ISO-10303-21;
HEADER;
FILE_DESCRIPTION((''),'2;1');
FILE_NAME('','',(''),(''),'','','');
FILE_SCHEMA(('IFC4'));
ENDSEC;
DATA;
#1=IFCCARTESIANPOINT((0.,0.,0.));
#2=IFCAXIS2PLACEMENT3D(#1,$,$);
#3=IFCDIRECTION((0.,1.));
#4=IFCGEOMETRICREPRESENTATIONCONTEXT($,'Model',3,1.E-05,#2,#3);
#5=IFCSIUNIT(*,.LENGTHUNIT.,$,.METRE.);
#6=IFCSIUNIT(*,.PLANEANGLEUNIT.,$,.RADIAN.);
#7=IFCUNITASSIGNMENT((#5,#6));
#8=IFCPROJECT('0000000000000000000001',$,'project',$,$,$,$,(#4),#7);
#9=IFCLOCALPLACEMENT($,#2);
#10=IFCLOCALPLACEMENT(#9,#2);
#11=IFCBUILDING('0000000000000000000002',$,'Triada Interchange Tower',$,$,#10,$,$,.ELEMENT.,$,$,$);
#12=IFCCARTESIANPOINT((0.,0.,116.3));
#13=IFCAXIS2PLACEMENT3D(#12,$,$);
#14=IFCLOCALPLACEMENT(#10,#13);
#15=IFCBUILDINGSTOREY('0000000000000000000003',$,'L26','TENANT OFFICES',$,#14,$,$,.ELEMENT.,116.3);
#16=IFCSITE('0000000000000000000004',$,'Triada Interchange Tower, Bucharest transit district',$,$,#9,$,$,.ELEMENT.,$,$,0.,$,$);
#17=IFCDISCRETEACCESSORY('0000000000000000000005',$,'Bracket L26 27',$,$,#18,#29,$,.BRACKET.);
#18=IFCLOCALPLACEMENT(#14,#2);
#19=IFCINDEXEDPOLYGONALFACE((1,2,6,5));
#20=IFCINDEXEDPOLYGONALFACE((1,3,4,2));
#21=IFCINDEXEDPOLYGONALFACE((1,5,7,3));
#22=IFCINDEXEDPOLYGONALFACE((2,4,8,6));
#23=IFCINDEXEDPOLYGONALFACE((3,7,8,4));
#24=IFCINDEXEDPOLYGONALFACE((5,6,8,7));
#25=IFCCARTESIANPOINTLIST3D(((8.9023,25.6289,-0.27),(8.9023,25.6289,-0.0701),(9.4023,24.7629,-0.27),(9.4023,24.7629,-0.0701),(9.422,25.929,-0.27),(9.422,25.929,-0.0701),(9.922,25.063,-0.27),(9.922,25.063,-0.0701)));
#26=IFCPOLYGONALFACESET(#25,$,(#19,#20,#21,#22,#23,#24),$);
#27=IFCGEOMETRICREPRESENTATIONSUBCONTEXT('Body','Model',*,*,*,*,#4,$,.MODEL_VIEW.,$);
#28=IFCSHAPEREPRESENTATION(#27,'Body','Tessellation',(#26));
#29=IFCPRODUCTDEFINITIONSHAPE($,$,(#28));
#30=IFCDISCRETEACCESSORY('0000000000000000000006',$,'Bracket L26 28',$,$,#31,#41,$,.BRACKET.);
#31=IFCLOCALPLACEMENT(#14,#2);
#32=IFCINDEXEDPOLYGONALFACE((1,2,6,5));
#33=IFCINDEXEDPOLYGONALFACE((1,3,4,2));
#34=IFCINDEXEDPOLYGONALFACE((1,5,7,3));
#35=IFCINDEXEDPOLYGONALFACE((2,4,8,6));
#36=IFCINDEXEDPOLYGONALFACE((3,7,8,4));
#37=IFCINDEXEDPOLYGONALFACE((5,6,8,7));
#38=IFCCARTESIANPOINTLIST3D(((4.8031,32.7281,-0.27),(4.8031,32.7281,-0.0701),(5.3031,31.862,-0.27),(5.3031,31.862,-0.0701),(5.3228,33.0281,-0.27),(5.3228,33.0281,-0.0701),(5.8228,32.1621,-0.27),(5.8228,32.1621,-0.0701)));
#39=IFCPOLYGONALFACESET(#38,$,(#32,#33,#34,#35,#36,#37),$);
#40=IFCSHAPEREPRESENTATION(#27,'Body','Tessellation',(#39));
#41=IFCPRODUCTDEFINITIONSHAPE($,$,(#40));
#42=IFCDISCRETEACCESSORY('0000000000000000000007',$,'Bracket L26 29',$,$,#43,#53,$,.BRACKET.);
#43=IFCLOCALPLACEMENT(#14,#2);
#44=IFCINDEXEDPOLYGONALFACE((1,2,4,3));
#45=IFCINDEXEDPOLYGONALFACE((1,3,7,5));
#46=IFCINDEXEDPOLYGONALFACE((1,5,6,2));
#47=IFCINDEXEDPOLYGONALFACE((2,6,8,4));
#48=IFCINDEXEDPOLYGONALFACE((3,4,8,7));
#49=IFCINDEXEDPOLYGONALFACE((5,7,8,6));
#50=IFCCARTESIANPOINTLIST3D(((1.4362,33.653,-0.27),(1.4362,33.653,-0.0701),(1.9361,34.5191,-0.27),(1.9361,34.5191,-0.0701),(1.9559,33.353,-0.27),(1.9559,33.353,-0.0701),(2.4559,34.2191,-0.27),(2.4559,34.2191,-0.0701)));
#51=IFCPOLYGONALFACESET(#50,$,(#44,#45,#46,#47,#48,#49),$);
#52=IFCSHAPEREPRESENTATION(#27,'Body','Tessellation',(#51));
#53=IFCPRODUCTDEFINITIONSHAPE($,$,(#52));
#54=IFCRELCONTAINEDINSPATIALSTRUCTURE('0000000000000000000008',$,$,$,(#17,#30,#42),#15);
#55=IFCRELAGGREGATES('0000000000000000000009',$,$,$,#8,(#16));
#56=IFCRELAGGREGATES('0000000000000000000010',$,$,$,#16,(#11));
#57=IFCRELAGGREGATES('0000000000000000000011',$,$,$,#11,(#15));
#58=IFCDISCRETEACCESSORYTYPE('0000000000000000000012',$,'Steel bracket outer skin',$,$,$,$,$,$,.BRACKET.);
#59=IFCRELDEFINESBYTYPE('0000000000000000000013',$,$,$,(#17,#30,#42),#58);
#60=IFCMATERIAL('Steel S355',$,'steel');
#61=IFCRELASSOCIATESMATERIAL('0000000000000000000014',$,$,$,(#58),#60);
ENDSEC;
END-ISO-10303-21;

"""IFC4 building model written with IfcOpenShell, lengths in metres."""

from ifc_helpers import new_model, si_unit, direction, frame, origin, origin_2d, place, context, subcontext, project, spatial, rectangle, extrude, material, type_object, element, save


model = new_model("IFC4")

# Units and contexts
model_context = context("Model", 3, precision=1e-05, world=origin(), true_north=direction((0.0, 1.0)))
body_context = subcontext(model_context, "Body", "Model", "MODEL_VIEW")
ifc_project = project(units=[si_unit("LENGTHUNIT", "METRE"), si_unit("PLANEANGLEUNIT", "RADIAN")], contexts=[model_context])

# Site, building, storey
site_placement = place(None, origin())
site = spatial("IfcSite", under=ifc_project, at=site_placement, Name="Triada Interchange Tower, Bucharest transit district", CompositionType="ELEMENT", RefElevation=0.0)
building_placement = place(site_placement, origin())
building = spatial("IfcBuilding", under=site, at=building_placement, Name="Triada Interchange Tower", CompositionType="ELEMENT")
storey_placement = place(building_placement, frame((0.0, 0.0, 116.3)))
storey = spatial("IfcBuildingStorey", under=building, at=storey_placement, Name="L26", Description="TENANT OFFICES", CompositionType="ELEMENT", Elevation=116.3)

# Discrete accessories
ifc_material_1 = material(Name="Steel S355", Category="steel")
discrete_accessory_type = type_object("IfcDiscreteAccessoryType", Name="Steel bracket outer skin", PredefinedType="BRACKET", material=ifc_material_1)
for number, where, z_axis, x_axis, name in (
    (1, (9.4121, 25.3459, -0.27), (0.0, 0.0, 1.0), (0.866028, 0.499995, 0.0), "Bracket L26 27"),
    (2, (5.313, 32.4451, -0.27), (0.0, 0.0, 1.0), (0.866028, 0.499995, 0.0), "Bracket L26 28"),
    (3, (1.946, 33.936, -0.27), (0.0, 0.0, 1.0), (-0.866071, 0.499921, 0.0), "Bracket L26 29"),
):
    element("IfcDiscreteAccessory", number, at=place(storey_placement, frame(where, z_axis=z_axis, x_axis=x_axis)), inside=storey, type_object=discrete_accessory_type, Name=name, PredefinedType="BRACKET", context=body_context, shape_type="SweptSolid", body=[
        extrude(rectangle(XDim=0.6001, YDim=1.0, at=origin_2d()), origin(), (0.0, 0.0, 1.0), 0.2),
    ])

save(model, "model.ifc")
